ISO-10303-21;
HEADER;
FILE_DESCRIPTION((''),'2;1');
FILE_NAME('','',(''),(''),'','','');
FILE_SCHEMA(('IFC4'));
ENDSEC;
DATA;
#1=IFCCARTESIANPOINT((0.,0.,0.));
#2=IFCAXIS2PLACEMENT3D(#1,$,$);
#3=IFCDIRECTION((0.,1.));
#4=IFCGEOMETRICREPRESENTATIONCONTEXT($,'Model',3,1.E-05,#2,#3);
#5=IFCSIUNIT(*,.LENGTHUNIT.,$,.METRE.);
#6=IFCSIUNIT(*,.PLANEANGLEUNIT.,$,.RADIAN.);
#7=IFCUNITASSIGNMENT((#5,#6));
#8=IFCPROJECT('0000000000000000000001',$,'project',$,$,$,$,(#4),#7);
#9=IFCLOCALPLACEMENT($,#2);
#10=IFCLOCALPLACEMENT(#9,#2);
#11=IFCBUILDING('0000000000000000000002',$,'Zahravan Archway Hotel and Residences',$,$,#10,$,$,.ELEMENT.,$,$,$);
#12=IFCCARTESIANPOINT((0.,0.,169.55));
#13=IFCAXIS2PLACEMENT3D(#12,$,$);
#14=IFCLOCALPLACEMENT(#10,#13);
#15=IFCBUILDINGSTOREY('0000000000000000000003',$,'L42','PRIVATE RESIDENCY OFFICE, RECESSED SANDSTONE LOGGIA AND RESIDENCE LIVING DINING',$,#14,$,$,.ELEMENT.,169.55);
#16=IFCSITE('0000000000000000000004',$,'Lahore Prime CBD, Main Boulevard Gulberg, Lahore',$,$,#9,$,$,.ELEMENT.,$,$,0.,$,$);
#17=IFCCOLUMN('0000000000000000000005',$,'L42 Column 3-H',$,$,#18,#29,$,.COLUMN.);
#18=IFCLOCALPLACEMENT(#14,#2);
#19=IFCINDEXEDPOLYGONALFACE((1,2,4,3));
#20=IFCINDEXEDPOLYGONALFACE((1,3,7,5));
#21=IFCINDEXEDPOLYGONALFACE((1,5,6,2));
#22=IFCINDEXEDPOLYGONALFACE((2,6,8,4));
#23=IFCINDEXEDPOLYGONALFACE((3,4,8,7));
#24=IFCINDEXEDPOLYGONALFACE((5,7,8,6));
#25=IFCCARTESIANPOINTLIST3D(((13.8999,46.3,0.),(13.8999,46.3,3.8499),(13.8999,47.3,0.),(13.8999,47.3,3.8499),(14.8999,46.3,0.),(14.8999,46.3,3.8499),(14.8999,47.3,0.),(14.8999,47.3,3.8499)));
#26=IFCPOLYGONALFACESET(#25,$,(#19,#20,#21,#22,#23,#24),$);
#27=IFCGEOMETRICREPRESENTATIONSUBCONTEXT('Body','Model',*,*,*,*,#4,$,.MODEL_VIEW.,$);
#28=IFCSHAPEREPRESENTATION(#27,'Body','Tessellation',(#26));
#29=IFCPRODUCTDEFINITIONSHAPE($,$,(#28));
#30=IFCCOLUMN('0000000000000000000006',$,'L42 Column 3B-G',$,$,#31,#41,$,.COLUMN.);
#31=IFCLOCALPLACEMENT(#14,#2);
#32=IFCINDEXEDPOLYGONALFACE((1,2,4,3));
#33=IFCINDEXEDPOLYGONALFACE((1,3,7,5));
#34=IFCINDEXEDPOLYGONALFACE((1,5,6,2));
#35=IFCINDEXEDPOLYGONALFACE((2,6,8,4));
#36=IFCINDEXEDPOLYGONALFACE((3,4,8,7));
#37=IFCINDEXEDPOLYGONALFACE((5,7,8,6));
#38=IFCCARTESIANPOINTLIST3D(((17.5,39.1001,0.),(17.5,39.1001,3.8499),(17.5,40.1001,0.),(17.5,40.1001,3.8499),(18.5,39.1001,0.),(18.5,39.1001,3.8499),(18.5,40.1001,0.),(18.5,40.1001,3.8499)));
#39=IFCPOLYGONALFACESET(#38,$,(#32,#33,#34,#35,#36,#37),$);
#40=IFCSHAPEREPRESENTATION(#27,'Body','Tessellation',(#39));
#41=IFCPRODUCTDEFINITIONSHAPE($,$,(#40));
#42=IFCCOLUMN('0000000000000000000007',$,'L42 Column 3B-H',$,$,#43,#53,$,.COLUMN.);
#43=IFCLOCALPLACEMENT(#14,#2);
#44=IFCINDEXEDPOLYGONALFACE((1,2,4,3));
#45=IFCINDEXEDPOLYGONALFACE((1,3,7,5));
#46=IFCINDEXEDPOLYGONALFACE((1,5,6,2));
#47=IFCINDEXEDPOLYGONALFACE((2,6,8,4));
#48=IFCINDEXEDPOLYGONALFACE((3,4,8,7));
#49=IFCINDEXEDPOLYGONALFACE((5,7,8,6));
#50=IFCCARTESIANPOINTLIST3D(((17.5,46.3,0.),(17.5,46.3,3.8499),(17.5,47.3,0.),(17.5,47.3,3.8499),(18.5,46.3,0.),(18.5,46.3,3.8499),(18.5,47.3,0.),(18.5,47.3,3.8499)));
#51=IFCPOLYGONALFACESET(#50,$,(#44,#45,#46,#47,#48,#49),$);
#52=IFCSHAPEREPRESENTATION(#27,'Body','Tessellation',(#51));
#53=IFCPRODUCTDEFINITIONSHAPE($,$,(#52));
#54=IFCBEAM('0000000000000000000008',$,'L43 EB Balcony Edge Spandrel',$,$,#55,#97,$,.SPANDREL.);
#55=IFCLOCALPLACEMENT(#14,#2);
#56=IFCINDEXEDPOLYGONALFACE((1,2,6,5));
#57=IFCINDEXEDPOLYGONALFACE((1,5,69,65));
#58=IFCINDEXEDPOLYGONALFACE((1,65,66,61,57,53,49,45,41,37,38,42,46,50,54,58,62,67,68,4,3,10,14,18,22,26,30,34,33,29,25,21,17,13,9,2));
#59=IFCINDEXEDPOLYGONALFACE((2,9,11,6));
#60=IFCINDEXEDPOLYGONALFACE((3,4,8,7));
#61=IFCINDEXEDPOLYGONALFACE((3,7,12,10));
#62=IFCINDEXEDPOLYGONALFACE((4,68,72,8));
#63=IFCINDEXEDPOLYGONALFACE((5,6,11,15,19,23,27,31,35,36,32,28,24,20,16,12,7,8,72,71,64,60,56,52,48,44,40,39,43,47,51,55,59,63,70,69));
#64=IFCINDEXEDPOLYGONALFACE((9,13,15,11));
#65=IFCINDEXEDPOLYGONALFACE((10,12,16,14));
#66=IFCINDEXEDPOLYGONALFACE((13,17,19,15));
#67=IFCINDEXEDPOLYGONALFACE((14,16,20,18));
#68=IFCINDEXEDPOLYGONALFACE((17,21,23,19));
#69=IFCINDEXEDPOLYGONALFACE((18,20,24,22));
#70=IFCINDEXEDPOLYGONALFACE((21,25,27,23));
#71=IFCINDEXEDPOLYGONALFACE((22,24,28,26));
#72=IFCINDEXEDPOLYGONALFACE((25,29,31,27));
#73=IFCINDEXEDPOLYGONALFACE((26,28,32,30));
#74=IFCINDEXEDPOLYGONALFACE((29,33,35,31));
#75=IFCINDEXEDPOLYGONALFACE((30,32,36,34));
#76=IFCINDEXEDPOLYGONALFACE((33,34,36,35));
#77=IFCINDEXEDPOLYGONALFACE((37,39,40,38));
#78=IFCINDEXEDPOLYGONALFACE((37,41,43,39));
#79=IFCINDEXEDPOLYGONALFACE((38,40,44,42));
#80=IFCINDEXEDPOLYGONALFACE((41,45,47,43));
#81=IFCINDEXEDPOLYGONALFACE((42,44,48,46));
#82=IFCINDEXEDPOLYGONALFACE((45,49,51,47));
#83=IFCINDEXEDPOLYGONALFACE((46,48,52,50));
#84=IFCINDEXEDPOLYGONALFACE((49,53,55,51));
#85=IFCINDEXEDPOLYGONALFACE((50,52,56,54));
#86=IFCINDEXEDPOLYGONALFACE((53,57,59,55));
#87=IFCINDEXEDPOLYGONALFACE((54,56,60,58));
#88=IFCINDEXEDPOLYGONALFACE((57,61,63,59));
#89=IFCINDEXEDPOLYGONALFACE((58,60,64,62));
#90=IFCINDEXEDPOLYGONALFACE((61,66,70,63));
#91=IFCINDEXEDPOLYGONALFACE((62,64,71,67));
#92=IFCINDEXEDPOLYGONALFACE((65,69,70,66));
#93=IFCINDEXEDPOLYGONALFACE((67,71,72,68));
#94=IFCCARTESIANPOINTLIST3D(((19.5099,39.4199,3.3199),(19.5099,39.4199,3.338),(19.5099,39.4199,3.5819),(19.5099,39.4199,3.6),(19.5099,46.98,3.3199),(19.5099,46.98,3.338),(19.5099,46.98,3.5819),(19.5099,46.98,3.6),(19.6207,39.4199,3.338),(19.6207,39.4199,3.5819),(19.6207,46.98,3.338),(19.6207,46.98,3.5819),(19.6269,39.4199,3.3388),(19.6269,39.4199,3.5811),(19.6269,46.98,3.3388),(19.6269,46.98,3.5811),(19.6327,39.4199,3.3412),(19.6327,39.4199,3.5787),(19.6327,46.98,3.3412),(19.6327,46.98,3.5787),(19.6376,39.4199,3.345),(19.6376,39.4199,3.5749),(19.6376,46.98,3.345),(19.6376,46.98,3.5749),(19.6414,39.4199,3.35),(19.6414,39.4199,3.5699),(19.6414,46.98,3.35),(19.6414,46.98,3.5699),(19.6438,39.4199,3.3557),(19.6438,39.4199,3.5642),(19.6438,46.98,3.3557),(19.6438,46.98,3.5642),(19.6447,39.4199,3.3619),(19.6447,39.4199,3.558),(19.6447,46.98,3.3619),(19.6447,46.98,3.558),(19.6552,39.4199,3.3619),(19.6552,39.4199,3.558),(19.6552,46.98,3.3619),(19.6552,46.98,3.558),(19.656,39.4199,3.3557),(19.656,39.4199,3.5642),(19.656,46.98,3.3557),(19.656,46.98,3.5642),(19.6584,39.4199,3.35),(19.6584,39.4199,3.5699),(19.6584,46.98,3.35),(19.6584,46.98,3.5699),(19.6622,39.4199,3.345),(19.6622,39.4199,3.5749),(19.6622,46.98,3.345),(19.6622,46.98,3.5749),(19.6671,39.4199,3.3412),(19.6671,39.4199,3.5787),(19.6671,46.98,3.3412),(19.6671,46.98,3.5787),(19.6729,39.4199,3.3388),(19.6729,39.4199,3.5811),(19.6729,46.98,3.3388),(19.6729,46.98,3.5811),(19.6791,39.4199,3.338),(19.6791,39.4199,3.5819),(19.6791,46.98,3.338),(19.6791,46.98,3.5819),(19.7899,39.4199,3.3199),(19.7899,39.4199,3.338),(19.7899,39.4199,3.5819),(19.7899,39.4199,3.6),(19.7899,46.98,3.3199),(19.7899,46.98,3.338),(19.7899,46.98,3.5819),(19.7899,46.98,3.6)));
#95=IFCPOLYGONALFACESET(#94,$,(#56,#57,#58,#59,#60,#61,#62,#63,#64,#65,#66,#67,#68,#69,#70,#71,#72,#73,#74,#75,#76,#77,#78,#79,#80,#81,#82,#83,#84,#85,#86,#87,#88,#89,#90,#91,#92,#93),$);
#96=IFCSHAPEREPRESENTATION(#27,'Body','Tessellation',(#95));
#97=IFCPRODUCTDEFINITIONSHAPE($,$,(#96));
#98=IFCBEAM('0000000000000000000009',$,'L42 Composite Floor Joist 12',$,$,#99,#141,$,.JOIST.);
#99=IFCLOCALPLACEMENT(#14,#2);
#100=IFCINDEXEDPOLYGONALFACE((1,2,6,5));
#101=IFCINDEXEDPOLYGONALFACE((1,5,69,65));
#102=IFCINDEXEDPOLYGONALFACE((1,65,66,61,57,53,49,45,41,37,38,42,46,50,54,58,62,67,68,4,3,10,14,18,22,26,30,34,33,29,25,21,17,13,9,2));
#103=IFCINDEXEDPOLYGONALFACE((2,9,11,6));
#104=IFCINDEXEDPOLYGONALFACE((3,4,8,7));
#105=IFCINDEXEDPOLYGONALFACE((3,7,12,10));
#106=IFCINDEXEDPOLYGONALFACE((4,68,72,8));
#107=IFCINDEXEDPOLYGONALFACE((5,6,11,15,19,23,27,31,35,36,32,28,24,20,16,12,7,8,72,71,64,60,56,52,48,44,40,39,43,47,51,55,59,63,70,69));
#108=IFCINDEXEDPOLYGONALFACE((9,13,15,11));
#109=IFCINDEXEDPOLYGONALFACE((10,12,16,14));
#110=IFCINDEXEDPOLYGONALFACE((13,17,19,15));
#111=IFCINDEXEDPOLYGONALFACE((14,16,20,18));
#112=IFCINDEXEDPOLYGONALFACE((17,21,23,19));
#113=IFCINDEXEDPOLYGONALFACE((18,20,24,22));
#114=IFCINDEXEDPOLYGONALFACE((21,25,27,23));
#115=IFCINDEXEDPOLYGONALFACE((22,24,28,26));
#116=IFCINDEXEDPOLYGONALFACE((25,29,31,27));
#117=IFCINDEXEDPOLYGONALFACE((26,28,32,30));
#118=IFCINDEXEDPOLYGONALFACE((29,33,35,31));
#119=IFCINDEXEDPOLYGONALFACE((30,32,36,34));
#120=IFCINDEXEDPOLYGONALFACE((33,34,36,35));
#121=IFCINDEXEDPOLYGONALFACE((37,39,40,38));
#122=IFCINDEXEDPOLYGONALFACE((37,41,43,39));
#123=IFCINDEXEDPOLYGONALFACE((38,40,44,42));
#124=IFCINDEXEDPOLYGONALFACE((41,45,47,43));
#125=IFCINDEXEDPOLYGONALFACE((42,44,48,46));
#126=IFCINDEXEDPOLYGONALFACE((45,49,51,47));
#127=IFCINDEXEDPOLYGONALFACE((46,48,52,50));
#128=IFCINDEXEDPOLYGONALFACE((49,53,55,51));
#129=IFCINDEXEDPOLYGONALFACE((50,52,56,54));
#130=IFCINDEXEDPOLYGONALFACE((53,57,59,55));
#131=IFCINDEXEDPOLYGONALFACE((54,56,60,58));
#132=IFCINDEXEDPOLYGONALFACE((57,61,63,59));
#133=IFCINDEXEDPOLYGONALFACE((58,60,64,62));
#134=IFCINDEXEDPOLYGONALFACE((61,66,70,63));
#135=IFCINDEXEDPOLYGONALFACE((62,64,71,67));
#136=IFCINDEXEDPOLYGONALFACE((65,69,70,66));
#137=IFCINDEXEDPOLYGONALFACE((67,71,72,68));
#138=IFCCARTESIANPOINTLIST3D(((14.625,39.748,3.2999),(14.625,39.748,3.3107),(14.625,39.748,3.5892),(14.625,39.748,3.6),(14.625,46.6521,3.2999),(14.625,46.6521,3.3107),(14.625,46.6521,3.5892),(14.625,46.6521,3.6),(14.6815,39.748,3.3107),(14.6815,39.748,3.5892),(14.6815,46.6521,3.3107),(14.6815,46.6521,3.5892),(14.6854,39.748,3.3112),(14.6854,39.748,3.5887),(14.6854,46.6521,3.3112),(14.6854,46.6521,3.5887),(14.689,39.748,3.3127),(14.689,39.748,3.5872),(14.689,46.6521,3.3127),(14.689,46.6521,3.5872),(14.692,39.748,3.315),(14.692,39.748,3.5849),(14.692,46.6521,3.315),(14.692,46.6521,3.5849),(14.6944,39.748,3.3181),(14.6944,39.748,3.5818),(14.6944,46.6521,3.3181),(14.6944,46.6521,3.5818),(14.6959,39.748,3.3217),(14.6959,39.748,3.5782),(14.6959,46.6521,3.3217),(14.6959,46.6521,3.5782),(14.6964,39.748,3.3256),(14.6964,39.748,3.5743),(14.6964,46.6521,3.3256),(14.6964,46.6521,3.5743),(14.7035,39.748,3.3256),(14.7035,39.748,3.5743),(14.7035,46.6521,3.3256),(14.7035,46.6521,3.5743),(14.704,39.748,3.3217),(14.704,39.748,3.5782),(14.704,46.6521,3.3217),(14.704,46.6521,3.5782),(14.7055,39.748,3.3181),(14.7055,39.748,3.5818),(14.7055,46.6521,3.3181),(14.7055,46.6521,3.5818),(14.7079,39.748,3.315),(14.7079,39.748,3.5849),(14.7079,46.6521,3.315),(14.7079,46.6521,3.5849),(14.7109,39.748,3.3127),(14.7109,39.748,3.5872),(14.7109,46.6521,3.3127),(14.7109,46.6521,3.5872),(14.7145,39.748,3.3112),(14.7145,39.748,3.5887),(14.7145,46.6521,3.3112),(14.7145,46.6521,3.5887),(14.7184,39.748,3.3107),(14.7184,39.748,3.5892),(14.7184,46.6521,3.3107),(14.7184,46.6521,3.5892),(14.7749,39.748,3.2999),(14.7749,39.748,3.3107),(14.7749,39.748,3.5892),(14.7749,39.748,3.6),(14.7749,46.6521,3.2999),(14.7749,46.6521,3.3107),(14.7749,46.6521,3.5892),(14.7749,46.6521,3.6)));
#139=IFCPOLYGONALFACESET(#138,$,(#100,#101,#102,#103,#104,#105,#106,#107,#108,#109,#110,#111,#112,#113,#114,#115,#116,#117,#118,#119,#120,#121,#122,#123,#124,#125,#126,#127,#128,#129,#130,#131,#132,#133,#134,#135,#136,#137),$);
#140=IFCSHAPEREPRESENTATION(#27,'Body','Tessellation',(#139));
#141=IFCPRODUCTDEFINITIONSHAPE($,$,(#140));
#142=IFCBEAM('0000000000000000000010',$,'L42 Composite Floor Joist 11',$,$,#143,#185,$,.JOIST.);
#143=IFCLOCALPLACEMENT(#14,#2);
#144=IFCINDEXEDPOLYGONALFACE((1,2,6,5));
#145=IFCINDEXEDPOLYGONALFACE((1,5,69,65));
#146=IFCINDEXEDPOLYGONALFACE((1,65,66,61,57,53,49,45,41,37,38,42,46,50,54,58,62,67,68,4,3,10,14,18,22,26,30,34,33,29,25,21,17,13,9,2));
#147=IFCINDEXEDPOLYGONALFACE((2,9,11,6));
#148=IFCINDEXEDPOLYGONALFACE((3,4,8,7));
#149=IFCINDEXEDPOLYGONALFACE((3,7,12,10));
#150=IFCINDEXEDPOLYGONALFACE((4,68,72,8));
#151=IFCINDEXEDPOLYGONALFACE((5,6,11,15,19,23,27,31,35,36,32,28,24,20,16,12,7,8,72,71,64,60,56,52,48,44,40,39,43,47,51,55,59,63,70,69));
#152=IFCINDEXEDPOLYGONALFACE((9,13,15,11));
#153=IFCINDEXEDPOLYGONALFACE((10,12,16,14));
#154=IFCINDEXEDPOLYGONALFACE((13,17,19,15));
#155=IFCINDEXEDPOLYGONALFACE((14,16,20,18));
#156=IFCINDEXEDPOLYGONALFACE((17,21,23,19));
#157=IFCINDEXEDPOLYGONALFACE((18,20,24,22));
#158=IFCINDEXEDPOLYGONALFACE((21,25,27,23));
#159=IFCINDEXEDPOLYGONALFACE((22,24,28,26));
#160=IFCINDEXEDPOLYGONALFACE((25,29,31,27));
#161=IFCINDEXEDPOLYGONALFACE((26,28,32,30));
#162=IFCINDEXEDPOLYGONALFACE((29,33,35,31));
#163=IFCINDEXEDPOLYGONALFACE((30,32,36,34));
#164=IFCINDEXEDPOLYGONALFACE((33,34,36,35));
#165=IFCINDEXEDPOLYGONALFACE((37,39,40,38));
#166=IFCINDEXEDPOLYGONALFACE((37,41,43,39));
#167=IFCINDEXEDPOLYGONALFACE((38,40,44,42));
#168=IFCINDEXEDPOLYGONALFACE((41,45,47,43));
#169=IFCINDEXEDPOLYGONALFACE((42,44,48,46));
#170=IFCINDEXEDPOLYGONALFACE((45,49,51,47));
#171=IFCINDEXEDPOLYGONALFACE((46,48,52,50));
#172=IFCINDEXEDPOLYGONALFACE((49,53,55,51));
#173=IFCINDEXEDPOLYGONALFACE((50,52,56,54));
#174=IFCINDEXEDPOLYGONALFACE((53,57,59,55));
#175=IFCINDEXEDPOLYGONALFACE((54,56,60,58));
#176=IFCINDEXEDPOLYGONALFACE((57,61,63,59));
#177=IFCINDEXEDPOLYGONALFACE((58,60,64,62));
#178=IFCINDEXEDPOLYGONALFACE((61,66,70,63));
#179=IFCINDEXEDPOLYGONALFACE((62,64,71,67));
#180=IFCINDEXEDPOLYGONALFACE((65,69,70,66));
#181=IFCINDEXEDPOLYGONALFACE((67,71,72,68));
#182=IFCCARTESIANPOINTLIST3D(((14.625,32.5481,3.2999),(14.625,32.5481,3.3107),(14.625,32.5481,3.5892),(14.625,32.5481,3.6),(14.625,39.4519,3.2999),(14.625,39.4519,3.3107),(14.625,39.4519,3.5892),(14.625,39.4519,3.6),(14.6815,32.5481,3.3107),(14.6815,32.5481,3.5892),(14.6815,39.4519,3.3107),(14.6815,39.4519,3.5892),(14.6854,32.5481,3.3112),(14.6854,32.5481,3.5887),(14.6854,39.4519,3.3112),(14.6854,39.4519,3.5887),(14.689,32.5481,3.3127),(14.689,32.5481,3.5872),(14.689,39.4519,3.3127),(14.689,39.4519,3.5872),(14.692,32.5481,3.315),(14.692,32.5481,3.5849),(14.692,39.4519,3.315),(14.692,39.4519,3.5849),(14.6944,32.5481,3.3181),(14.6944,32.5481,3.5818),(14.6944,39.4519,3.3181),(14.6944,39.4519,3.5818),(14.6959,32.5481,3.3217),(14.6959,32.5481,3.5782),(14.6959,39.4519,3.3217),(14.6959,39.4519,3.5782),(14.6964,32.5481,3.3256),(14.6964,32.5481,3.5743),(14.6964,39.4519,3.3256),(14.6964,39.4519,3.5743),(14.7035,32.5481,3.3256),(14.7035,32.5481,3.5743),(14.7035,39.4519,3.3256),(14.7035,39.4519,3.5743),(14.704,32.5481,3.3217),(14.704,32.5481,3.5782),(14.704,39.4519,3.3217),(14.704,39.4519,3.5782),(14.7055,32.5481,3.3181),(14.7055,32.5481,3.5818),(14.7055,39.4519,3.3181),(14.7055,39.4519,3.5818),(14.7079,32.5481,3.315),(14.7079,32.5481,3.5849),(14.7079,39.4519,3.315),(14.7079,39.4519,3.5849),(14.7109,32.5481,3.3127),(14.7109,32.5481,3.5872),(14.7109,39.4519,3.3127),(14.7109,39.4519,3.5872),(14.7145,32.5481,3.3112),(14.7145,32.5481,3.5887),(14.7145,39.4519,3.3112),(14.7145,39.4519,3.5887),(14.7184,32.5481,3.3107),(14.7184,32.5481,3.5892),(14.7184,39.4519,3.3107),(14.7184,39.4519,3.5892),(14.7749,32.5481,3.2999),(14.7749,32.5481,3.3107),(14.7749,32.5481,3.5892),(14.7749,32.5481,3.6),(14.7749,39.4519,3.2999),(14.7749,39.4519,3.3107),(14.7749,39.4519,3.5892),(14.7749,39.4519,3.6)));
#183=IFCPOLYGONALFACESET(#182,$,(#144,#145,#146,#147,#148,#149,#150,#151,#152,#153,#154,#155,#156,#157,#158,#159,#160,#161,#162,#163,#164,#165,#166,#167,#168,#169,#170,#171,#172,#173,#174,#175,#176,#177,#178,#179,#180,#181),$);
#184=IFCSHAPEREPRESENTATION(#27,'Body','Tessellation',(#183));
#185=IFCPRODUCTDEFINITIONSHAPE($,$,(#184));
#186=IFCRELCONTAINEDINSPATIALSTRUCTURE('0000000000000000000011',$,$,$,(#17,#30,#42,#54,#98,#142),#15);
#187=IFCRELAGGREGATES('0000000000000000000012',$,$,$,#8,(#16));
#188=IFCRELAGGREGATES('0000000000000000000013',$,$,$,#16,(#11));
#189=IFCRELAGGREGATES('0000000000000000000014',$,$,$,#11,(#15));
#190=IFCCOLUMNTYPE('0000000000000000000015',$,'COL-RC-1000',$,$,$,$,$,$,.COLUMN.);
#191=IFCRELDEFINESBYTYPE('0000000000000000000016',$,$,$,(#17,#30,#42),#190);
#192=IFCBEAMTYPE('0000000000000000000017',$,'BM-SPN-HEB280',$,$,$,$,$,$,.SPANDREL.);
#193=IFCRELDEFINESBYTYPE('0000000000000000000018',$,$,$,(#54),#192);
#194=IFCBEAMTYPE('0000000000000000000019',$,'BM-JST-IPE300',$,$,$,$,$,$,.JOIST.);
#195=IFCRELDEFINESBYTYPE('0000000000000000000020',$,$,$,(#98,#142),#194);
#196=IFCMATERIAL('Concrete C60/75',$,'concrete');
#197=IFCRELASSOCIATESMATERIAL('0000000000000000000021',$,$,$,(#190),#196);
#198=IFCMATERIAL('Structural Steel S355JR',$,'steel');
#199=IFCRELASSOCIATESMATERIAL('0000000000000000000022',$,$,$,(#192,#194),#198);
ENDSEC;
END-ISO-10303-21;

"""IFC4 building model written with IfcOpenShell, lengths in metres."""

from ifc_helpers import new_model, si_unit, direction, frame, origin, origin_2d, place, context, subcontext, project, spatial, rectangle, i_section, extrude, source, transform, mapped, material, material_profile, profile_set, type_object, type_shapes, element, save


model = new_model("IFC4")

# Units and contexts
model_context = context("Model", 3, precision=1e-05, world=origin(), true_north=direction((0.0, 1.0)))
body_context = subcontext(model_context, "Body", "Model", "MODEL_VIEW")
ifc_project = project(units=[si_unit("LENGTHUNIT", "METRE"), si_unit("PLANEANGLEUNIT", "RADIAN")], contexts=[model_context])

# Site, building, storey
site_placement = place(None, origin())
site = spatial("IfcSite", under=ifc_project, at=site_placement, Name="Lahore Prime CBD, Main Boulevard Gulberg, Lahore", CompositionType="ELEMENT", RefElevation=0.0)
building_placement = place(site_placement, origin())
building = spatial("IfcBuilding", under=site, at=building_placement, Name="Zahravan Archway Hotel and Residences", CompositionType="ELEMENT")
storey_placement = place(building_placement, frame((0.0, 0.0, 169.55)))
storey = spatial("IfcBuildingStorey", under=building, at=storey_placement, Name="L42", Description="PRIVATE RESIDENCY OFFICE, RECESSED SANDSTONE LOGGIA AND RESIDENCE LIVING DINING", CompositionType="ELEMENT", Elevation=169.55)

# Columns
ifc_material_1 = material(Name="Concrete C60/75", Category="concrete")
ifc_material_profile_1 = material_profile(ifc_material_1, rectangle(XDim=1.0, YDim=1.0, at=origin_2d()), Name="RC-COL-1000x1000", Category="concrete")
ifc_profile_set_1 = profile_set([ifc_material_profile_1], Name="Concrete C60/75")
column_type = type_object("IfcColumnType", Name="COL-RC-1000", PredefinedType="COLUMN", material=ifc_profile_set_1)
shared_shape_1 = source(origin(), body_context, "Body", "SweptSolid", [
    extrude(rectangle(XDim=1.0, YDim=1.0, at=origin_2d()), origin(), (0.0, 0.0, 1.0), 3.8499),
])
for number, where, z_axis, x_axis, name in (
    (1, (14.3999, 46.8, 0.0), (0.0, 0.0, 1.0), (1.0, 0.0, 0.0), "L42 Column 3-H"),
    (2, (18.0, 39.6001, 0.0), (0.0, 0.0, 1.0), (1.0, 0.0, 0.0), "L42 Column 3B-G"),
    (3, (18.0, 46.8, 0.0), (0.0, 0.0, 1.0), (1.0, 0.0, 0.0), "L42 Column 3B-H"),
):
    element("IfcColumn", number, at=place(storey_placement, frame(where, z_axis=z_axis, x_axis=x_axis)), inside=storey, type_object=column_type, Name=name, PredefinedType="COLUMN", context=body_context, shape_type="MappedRepresentation", body=[
        mapped(shared_shape_1, transform((0.0, 0.0, 0.0), scale=1.0)),
    ])

# Beams
ifc_material_2 = material(Name="Structural Steel S355JR", Category="steel")
ifc_material_profile_2 = material_profile(ifc_material_2, i_section(OverallWidth=0.28, OverallDepth=0.28, WebThickness=0.0105, FlangeThickness=0.0181, FilletRadius=0.0239, at=origin_2d()), Name="HEB 280", Category="steel")
ifc_profile_set_2 = profile_set([ifc_material_profile_2], Name="Structural Steel S355JR")
beam_type_1 = type_object("IfcBeamType", Name="BM-SPN-HEB280", PredefinedType="SPANDREL", material=ifc_profile_set_2)
shared_shape_2 = source(origin(), body_context, "Body", "SweptSolid", [
    extrude(i_section(OverallWidth=0.28, OverallDepth=0.28, WebThickness=0.0105, FlangeThickness=0.0181, FilletRadius=0.0239, at=origin_2d()), origin(), (0.0, 0.0, 1.0), 7.5601),
])
type_shapes(beam_type_1, [shared_shape_2])
beam_1_placement = place(storey_placement, frame((19.6499, 39.4199, 3.46), z_axis=(0.0, 1.0, 0.0), x_axis=(-1.0, 0.0, 0.0)))
element("IfcBeam", 4, at=beam_1_placement, inside=storey, type_object=beam_type_1, Name="L43 EB Balcony Edge Spandrel", PredefinedType="SPANDREL", context=body_context, shape_type="MappedRepresentation", body=[
    mapped(shared_shape_2, transform((0.0, 0.0, 0.0), scale=1.0)),
])
ifc_material_profile_3 = material_profile(ifc_material_2, i_section(OverallWidth=0.1499, OverallDepth=0.3, WebThickness=0.0071, FlangeThickness=0.0107, FilletRadius=0.0149, at=origin_2d()), Name="IPE 300", Category="steel")
ifc_profile_set_3 = profile_set([ifc_material_profile_3], Name="Structural Steel S355JR")
beam_type_2 = type_object("IfcBeamType", Name="BM-JST-IPE300", PredefinedType="JOIST", material=ifc_profile_set_3)
shared_shape_3 = source(origin(), body_context, "Body", "SweptSolid", [
    extrude(i_section(OverallWidth=0.1499, OverallDepth=0.3, WebThickness=0.0071, FlangeThickness=0.0107, FilletRadius=0.0149, at=origin_2d()), origin(), (0.0, 0.0, 1.0), 6.9041),
])
type_shapes(beam_type_2, [shared_shape_3])
beam_2_placement = place(storey_placement, frame((14.7, 39.748, 3.45), z_axis=(0.0, 1.0, 0.0), x_axis=(-1.0, 0.0, 0.0)))
element("IfcBeam", 5, at=beam_2_placement, inside=storey, type_object=beam_type_2, Name="L42 Composite Floor Joist 12", PredefinedType="JOIST", context=body_context, shape_type="MappedRepresentation", body=[
    mapped(shared_shape_3, transform((0.0, 0.0, 0.0), scale=1.0)),
])
shared_shape_4 = source(origin(), body_context, "Body", "SweptSolid", [
    extrude(i_section(OverallWidth=0.1499, OverallDepth=0.3, WebThickness=0.0071, FlangeThickness=0.0107, FilletRadius=0.0149, at=origin_2d()), origin(), (0.0, 0.0, 1.0), 6.9038),
])
beam_3_placement = place(storey_placement, frame((14.7, 32.5481, 3.45), z_axis=(0.0, 1.0, 0.0), x_axis=(-1.0, 0.0, 0.0)))
element("IfcBeam", 6, at=beam_3_placement, inside=storey, type_object=beam_type_2, Name="L42 Composite Floor Joist 11", PredefinedType="JOIST", context=body_context, shape_type="MappedRepresentation", body=[
    mapped(shared_shape_4, transform((0.0, 0.0, 0.0), scale=1.0)),
])

save(model, "model.ifc")
